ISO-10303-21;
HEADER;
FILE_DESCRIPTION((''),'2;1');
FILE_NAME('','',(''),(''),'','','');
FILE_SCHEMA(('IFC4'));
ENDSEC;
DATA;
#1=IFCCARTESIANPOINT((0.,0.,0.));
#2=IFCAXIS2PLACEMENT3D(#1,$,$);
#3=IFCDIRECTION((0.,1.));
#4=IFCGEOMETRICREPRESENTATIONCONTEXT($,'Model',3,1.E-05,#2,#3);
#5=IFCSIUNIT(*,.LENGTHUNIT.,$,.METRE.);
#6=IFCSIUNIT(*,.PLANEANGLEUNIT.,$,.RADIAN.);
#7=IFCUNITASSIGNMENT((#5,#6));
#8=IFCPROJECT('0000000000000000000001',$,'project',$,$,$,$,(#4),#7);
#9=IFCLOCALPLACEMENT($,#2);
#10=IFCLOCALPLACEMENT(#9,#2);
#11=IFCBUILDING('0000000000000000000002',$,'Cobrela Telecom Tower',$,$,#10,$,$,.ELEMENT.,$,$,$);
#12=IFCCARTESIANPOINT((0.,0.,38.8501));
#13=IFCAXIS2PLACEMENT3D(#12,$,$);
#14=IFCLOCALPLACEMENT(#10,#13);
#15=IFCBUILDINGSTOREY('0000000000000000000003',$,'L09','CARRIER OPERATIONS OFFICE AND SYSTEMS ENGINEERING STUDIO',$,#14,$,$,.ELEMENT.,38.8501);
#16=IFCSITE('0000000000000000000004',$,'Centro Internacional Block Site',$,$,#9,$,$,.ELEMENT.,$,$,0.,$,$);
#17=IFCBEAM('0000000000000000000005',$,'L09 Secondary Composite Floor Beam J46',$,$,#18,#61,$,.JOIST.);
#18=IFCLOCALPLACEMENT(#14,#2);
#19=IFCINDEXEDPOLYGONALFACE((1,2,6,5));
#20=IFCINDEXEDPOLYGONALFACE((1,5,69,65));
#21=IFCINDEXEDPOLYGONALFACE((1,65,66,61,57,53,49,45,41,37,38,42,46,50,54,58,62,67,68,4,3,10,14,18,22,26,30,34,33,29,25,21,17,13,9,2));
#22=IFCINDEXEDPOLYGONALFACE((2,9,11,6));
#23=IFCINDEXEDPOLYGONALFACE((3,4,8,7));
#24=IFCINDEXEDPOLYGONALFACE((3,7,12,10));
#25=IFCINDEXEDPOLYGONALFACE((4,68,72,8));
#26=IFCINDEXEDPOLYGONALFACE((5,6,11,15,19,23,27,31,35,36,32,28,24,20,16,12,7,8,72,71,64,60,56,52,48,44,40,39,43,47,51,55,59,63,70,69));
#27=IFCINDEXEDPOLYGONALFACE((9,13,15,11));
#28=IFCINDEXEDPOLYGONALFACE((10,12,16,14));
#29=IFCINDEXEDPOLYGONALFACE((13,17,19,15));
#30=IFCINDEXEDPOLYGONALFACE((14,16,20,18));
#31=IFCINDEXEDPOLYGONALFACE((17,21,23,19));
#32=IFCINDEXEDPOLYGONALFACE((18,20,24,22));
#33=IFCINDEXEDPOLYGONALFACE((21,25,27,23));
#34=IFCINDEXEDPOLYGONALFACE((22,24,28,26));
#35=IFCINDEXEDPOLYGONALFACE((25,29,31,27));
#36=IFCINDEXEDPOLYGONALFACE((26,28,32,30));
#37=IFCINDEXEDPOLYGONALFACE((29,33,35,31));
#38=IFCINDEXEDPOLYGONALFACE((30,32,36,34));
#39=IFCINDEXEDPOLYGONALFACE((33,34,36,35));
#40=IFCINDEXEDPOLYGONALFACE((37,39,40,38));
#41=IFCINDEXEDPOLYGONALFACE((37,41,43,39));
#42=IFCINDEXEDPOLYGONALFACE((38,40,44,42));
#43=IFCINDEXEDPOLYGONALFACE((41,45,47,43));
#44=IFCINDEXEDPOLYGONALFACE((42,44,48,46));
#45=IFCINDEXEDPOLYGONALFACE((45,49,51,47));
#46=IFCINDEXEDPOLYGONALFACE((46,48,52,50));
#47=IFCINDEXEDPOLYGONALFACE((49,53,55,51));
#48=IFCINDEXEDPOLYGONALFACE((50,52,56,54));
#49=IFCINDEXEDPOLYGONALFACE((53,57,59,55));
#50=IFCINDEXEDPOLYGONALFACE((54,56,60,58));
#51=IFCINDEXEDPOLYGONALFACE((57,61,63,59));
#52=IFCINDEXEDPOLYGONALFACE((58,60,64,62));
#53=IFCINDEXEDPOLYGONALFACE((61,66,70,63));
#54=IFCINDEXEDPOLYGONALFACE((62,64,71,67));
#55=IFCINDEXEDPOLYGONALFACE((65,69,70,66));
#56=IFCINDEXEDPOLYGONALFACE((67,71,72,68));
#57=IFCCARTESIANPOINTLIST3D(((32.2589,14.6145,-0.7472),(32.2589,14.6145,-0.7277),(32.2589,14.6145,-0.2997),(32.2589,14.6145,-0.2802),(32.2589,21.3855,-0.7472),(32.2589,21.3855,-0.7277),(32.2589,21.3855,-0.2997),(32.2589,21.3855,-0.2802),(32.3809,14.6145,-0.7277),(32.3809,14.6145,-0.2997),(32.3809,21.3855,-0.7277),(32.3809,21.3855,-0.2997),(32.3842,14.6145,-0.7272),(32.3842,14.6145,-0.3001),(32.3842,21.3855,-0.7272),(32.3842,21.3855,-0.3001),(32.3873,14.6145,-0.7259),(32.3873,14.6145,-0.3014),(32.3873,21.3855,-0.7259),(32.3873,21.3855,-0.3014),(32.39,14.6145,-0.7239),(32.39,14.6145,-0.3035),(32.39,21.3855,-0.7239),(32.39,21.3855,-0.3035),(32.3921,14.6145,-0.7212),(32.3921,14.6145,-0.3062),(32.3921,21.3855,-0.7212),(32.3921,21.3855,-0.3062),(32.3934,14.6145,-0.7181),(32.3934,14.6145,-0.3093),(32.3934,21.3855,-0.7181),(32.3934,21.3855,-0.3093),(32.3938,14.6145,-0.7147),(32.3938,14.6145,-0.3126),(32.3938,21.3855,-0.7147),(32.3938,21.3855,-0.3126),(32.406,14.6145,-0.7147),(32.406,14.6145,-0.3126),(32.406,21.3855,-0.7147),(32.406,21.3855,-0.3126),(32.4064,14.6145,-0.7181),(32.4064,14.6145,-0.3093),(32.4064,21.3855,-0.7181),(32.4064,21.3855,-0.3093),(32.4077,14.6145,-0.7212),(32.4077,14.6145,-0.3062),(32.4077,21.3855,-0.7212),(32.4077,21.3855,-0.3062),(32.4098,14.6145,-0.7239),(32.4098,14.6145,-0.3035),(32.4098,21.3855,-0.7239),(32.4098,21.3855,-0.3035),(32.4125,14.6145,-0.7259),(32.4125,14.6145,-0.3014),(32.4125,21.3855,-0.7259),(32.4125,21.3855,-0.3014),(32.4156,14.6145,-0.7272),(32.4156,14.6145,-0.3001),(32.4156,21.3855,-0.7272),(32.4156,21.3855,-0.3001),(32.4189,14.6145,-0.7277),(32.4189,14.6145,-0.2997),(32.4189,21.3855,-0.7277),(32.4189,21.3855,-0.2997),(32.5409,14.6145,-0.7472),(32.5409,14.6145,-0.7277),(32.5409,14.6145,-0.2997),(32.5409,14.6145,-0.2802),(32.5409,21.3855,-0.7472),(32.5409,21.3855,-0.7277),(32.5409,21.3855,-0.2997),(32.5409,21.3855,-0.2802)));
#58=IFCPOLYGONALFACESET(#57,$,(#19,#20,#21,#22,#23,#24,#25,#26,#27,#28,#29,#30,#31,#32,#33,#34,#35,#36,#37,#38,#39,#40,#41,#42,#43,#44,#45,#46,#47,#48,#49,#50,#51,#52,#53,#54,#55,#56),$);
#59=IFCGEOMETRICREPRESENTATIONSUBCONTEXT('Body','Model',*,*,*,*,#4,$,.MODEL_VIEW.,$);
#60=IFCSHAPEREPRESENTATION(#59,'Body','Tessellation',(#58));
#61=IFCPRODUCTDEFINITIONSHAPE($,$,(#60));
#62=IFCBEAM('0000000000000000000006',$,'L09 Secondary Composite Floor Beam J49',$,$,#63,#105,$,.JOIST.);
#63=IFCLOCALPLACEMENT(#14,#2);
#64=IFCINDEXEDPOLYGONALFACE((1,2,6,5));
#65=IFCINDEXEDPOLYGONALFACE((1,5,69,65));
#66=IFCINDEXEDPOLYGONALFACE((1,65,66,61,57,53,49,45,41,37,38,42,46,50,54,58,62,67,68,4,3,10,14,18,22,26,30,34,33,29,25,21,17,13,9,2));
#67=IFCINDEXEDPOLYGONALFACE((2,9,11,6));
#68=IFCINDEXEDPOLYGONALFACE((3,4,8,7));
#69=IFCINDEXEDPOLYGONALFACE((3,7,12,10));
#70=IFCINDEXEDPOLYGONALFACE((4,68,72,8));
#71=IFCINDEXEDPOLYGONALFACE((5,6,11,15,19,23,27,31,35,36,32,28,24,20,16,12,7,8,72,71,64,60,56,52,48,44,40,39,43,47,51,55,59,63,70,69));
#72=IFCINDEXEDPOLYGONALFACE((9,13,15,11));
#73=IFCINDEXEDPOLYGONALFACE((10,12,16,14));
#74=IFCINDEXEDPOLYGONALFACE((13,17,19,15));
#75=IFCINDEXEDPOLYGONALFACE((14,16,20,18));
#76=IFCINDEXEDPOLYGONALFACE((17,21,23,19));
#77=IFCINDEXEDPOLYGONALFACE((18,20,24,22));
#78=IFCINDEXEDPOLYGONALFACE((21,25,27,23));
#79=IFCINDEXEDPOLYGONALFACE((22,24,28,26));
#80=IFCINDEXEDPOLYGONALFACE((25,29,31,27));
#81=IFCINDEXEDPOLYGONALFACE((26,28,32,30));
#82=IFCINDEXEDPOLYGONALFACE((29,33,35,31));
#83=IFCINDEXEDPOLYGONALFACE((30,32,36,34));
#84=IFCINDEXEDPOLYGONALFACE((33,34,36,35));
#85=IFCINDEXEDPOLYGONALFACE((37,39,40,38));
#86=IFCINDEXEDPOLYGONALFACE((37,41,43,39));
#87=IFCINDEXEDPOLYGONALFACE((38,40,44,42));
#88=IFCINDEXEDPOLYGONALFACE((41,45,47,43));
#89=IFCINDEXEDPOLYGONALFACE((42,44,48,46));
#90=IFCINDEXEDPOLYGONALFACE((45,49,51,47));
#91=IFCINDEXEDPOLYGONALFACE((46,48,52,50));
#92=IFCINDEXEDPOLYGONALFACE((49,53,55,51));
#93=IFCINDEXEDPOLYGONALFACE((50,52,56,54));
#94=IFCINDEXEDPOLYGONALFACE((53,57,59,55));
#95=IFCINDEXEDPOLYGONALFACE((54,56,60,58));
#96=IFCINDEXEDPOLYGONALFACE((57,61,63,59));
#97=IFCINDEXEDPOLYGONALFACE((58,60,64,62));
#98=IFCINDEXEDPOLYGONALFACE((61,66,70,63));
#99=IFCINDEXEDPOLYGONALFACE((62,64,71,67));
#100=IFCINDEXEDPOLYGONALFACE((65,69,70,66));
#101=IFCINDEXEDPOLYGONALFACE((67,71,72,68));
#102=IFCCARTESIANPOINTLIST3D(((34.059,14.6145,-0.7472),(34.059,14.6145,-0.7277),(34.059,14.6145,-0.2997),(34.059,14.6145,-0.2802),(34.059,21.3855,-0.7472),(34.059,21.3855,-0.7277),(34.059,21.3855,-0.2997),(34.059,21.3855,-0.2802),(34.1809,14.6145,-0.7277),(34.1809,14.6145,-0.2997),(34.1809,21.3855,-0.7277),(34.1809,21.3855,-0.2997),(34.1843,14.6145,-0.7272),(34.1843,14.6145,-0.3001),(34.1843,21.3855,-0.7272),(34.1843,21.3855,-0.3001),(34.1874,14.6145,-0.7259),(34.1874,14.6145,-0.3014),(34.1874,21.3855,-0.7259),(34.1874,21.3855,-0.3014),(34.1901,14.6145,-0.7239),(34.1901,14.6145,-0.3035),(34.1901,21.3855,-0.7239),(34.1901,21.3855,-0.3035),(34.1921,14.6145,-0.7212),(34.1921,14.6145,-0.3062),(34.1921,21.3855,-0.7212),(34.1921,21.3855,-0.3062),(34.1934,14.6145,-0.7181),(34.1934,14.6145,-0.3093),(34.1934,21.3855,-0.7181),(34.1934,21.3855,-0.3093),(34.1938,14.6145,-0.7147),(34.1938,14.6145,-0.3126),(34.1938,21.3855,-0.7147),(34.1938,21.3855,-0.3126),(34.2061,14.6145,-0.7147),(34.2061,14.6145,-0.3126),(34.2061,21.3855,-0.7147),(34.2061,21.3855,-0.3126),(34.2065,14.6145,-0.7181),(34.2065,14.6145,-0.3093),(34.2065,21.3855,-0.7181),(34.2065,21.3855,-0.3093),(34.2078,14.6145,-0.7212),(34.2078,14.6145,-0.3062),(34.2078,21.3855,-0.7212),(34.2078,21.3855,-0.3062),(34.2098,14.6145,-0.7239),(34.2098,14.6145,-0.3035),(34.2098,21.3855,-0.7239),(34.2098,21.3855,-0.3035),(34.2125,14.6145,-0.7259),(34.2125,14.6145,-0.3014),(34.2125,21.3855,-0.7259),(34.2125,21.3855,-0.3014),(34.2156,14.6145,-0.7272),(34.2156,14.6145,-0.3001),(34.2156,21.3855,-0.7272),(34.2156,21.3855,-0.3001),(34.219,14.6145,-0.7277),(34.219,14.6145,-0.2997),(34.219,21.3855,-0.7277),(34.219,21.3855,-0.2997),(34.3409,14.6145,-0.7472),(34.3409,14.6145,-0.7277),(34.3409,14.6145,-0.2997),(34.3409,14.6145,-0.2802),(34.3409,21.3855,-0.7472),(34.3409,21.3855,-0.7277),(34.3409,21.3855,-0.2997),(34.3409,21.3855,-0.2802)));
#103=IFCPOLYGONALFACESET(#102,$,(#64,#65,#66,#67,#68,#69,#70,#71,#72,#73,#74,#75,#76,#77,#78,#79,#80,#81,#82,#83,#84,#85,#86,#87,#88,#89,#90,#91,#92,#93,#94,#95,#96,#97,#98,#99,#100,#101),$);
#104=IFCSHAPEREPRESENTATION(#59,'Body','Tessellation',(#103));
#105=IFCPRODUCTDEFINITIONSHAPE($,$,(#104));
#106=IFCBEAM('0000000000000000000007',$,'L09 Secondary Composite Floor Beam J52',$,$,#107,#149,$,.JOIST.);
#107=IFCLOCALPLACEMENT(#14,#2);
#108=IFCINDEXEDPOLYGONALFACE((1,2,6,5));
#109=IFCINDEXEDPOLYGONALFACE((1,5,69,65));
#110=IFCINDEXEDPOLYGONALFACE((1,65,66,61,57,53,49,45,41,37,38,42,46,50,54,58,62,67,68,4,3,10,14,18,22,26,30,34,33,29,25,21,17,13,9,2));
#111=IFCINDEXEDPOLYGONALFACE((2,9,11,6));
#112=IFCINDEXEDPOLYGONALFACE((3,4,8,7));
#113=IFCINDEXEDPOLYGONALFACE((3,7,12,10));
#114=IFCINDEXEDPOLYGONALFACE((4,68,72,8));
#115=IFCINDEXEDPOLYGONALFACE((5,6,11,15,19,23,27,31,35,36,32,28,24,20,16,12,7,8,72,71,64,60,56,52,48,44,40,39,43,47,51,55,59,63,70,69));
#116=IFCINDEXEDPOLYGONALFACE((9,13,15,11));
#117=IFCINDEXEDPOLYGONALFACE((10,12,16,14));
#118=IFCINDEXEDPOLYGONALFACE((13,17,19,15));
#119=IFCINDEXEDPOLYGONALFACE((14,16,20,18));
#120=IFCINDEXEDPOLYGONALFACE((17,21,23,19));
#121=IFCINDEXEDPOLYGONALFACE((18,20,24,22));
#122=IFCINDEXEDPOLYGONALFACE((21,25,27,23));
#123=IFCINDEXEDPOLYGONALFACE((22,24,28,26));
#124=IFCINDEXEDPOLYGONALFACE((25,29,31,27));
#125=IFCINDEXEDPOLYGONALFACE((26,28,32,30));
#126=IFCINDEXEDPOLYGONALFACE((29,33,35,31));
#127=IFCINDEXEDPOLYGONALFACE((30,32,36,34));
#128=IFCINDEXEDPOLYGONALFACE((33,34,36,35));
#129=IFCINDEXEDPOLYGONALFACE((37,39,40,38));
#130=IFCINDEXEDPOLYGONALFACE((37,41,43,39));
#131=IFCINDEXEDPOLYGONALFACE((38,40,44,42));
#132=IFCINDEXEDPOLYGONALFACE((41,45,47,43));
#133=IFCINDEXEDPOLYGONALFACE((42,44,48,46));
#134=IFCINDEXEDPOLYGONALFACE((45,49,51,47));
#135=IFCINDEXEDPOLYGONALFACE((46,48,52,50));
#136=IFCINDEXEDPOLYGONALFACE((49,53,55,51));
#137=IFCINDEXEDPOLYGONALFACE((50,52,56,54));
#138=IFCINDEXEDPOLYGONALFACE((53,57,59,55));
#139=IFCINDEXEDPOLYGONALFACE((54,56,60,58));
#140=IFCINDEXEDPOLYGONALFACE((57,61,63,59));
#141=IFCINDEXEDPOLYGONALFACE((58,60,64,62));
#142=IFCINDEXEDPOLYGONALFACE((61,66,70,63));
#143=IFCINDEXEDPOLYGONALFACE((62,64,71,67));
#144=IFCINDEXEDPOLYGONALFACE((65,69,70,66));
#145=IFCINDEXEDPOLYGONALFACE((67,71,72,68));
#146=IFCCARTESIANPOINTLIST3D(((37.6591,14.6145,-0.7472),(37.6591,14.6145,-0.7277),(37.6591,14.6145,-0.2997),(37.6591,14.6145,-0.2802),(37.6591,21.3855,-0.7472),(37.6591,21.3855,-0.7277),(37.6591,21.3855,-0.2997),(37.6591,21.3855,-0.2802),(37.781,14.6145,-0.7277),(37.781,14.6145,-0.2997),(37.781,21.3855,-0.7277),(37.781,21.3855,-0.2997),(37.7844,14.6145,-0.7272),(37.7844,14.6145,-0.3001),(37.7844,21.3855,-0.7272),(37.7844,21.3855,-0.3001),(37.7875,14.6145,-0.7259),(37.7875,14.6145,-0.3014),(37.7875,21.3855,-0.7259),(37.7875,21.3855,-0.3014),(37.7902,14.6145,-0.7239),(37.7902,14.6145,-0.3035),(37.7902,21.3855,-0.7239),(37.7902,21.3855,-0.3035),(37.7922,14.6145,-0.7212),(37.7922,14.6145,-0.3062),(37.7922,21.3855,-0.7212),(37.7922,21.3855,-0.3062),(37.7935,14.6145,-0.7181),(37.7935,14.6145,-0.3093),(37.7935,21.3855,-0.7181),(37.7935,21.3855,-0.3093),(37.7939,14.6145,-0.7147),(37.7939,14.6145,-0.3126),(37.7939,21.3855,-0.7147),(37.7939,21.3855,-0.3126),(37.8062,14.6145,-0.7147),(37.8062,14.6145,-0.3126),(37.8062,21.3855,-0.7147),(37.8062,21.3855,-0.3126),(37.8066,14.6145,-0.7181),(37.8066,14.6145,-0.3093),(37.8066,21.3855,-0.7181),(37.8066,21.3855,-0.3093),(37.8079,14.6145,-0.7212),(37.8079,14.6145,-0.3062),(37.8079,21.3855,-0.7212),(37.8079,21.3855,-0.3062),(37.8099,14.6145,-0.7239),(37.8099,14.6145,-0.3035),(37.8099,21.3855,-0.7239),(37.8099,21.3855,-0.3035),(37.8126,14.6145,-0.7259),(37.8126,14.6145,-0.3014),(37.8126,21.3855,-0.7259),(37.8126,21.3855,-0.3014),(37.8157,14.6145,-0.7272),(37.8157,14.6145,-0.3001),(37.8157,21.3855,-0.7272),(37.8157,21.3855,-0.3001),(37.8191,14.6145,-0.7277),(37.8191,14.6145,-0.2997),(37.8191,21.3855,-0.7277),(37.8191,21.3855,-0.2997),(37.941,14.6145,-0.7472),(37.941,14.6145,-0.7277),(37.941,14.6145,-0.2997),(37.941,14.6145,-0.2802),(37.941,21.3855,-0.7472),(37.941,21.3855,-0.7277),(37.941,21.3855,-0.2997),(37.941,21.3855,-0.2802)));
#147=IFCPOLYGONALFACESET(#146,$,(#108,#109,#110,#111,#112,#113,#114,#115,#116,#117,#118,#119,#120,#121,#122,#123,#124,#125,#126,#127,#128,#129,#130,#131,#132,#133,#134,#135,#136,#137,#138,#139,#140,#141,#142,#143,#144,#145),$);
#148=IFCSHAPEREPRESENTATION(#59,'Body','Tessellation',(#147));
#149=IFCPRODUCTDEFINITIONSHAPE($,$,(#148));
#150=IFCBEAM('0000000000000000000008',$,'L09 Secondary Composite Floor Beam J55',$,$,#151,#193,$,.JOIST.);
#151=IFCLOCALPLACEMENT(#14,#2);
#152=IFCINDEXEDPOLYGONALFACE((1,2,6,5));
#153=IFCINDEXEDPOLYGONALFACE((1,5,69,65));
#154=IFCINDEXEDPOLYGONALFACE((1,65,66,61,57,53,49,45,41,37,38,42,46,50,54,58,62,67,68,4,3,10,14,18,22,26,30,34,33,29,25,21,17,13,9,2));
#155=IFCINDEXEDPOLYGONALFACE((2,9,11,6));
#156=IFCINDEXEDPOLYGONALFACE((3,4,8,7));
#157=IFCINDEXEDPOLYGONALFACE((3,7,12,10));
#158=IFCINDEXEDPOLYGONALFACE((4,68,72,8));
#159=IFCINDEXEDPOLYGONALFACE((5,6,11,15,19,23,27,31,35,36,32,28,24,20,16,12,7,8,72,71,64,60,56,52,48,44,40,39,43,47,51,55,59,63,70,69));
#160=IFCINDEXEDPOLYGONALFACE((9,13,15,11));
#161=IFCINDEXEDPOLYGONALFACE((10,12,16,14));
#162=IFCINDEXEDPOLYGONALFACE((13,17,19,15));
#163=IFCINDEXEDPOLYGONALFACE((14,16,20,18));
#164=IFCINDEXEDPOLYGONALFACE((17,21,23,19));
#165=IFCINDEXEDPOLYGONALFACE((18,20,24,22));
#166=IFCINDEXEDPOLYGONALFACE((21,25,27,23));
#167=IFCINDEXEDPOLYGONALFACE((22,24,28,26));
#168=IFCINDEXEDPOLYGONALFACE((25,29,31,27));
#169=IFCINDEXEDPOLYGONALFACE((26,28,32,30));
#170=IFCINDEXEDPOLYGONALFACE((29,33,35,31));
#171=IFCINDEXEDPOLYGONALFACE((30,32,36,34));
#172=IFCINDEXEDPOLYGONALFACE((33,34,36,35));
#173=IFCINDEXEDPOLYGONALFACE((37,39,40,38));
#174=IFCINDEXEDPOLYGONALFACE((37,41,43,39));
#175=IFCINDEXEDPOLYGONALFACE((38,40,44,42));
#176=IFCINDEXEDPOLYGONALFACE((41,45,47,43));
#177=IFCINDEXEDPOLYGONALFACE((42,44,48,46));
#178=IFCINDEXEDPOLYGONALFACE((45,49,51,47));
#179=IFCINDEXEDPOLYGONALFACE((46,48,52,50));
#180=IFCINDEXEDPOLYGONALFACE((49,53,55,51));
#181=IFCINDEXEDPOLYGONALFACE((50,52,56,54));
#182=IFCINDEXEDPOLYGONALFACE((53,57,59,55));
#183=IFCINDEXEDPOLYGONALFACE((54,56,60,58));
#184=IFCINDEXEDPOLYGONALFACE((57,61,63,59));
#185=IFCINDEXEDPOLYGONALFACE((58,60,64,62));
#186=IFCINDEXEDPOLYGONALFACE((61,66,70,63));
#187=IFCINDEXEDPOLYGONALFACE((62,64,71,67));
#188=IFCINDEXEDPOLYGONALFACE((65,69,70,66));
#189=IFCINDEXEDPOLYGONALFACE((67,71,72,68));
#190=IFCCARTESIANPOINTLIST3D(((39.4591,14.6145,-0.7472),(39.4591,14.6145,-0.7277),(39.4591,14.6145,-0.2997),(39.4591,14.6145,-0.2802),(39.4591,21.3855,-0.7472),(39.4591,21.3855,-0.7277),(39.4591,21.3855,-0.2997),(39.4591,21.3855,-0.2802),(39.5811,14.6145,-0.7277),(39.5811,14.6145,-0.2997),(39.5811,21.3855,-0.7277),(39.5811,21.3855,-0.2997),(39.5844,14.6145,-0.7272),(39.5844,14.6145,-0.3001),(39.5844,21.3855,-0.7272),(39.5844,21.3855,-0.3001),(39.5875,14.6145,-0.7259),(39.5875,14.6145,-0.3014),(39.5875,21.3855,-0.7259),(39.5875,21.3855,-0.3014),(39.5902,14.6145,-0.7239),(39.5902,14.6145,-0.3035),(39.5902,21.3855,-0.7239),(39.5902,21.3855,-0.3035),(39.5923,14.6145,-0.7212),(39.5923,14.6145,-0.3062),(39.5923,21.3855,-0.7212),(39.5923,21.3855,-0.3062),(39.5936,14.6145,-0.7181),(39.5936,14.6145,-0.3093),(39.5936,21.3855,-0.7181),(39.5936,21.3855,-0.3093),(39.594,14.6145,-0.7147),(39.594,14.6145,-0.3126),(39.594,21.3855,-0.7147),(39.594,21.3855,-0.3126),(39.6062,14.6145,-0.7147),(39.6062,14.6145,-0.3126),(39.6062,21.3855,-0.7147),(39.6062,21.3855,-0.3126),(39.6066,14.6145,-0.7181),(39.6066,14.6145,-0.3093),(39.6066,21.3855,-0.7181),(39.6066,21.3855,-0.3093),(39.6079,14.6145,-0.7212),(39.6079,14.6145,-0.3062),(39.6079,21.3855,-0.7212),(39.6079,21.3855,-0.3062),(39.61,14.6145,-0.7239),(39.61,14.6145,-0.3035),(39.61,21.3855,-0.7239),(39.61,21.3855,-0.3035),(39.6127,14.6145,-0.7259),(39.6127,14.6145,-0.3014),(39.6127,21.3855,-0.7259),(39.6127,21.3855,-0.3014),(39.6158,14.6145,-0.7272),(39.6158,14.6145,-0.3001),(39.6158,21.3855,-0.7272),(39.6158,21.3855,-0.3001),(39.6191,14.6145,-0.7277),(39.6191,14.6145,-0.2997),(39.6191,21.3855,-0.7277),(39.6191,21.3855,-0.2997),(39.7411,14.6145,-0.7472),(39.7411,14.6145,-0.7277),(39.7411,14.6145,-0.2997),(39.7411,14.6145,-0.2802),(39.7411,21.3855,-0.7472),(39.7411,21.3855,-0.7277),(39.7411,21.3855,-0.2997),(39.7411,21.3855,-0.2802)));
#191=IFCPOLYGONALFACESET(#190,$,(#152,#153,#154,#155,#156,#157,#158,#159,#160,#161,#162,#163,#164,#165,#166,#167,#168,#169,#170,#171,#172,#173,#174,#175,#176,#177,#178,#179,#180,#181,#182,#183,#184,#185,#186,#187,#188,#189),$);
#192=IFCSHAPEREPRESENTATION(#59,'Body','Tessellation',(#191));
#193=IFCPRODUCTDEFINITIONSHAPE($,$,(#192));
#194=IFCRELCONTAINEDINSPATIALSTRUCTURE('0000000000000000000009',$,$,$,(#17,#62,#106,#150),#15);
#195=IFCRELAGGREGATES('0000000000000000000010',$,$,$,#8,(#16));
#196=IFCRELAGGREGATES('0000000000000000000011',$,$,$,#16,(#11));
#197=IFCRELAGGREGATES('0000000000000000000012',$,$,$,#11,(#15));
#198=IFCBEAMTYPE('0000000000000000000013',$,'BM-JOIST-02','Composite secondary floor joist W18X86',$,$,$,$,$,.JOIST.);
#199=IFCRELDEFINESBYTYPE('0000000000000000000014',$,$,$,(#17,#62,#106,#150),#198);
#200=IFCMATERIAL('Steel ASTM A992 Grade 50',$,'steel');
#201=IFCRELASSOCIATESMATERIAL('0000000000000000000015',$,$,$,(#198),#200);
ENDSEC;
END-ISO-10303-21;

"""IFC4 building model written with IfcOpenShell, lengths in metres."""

from ifc_helpers import new_model, si_unit, direction, frame, origin, origin_2d, place, context, subcontext, project, spatial, i_section, extrude, material, material_profile, profile_set, type_object, element, save


model = new_model("IFC4")

# Units and contexts
model_context = context("Model", 3, precision=1e-05, world=origin(), true_north=direction((0.0, 1.0)))
body_context = subcontext(model_context, "Body", "Model", "MODEL_VIEW")
ifc_project = project(units=[si_unit("LENGTHUNIT", "METRE"), si_unit("PLANEANGLEUNIT", "RADIAN")], contexts=[model_context])

# Site, building, storey
site_placement = place(None, origin())
site = spatial("IfcSite", under=ifc_project, at=site_placement, Name="Centro Internacional Block Site", CompositionType="ELEMENT", RefElevation=0.0)
building_placement = place(site_placement, origin())
building = spatial("IfcBuilding", under=site, at=building_placement, Name="Cobrela Telecom Tower", CompositionType="ELEMENT")
storey_placement = place(building_placement, frame((0.0, 0.0, 38.8501)))
storey = spatial("IfcBuildingStorey", under=building, at=storey_placement, Name="L09", Description="CARRIER OPERATIONS OFFICE AND SYSTEMS ENGINEERING STUDIO", CompositionType="ELEMENT", Elevation=38.8501)

# Shared definitions
ifc_material_1 = material(Name="Steel ASTM A992 Grade 50", Category="steel")

# Beams
ifc_material_profile_1 = material_profile(ifc_material_1, i_section(OverallWidth=0.282, OverallDepth=0.467, WebThickness=0.0122, FlangeThickness=0.0195, FilletRadius=0.0129, at=origin_2d()), Name="W18X86")
ifc_profile_set_1 = profile_set([ifc_material_profile_1], Name="Steel ASTM A992 Grade 50")
beam_type_1 = type_object("IfcBeamType", Name="BM-JOIST-02", Description="Composite secondary floor joist W18X86", PredefinedType="JOIST", material=ifc_profile_set_1)
for number, where, z_axis, x_axis, name in (
    (1, (32.3999, 14.6145, -0.5137), (0.0, 1.0, 0.0), (-1.0, 0.0, 0.0), "L09 Secondary Composite Floor Beam J46"),
    (2, (34.2, 14.6145, -0.5137), (0.0, 1.0, 0.0), (-1.0, 0.0, 0.0), "L09 Secondary Composite Floor Beam J49"),
    (3, (37.8, 14.6145, -0.5137), (0.0, 1.0, 0.0), (-1.0, 0.0, 0.0), "L09 Secondary Composite Floor Beam J52"),
    (4, (39.6001, 14.6145, -0.5137), (0.0, 1.0, 0.0), (-1.0, 0.0, 0.0), "L09 Secondary Composite Floor Beam J55"),
):
    element("IfcBeam", number, at=place(storey_placement, frame(where, z_axis=z_axis, x_axis=x_axis)), inside=storey, type_object=beam_type_1, Name=name, PredefinedType="JOIST", context=body_context, shape_type="SweptSolid", body=[
        extrude(i_section(OverallWidth=0.282, OverallDepth=0.467, WebThickness=0.0122, FlangeThickness=0.0195, FilletRadius=0.0129, at=origin_2d()), origin(), (0.0, 0.0, 1.0), 6.771),
    ])

save(model, "model.ifc")
